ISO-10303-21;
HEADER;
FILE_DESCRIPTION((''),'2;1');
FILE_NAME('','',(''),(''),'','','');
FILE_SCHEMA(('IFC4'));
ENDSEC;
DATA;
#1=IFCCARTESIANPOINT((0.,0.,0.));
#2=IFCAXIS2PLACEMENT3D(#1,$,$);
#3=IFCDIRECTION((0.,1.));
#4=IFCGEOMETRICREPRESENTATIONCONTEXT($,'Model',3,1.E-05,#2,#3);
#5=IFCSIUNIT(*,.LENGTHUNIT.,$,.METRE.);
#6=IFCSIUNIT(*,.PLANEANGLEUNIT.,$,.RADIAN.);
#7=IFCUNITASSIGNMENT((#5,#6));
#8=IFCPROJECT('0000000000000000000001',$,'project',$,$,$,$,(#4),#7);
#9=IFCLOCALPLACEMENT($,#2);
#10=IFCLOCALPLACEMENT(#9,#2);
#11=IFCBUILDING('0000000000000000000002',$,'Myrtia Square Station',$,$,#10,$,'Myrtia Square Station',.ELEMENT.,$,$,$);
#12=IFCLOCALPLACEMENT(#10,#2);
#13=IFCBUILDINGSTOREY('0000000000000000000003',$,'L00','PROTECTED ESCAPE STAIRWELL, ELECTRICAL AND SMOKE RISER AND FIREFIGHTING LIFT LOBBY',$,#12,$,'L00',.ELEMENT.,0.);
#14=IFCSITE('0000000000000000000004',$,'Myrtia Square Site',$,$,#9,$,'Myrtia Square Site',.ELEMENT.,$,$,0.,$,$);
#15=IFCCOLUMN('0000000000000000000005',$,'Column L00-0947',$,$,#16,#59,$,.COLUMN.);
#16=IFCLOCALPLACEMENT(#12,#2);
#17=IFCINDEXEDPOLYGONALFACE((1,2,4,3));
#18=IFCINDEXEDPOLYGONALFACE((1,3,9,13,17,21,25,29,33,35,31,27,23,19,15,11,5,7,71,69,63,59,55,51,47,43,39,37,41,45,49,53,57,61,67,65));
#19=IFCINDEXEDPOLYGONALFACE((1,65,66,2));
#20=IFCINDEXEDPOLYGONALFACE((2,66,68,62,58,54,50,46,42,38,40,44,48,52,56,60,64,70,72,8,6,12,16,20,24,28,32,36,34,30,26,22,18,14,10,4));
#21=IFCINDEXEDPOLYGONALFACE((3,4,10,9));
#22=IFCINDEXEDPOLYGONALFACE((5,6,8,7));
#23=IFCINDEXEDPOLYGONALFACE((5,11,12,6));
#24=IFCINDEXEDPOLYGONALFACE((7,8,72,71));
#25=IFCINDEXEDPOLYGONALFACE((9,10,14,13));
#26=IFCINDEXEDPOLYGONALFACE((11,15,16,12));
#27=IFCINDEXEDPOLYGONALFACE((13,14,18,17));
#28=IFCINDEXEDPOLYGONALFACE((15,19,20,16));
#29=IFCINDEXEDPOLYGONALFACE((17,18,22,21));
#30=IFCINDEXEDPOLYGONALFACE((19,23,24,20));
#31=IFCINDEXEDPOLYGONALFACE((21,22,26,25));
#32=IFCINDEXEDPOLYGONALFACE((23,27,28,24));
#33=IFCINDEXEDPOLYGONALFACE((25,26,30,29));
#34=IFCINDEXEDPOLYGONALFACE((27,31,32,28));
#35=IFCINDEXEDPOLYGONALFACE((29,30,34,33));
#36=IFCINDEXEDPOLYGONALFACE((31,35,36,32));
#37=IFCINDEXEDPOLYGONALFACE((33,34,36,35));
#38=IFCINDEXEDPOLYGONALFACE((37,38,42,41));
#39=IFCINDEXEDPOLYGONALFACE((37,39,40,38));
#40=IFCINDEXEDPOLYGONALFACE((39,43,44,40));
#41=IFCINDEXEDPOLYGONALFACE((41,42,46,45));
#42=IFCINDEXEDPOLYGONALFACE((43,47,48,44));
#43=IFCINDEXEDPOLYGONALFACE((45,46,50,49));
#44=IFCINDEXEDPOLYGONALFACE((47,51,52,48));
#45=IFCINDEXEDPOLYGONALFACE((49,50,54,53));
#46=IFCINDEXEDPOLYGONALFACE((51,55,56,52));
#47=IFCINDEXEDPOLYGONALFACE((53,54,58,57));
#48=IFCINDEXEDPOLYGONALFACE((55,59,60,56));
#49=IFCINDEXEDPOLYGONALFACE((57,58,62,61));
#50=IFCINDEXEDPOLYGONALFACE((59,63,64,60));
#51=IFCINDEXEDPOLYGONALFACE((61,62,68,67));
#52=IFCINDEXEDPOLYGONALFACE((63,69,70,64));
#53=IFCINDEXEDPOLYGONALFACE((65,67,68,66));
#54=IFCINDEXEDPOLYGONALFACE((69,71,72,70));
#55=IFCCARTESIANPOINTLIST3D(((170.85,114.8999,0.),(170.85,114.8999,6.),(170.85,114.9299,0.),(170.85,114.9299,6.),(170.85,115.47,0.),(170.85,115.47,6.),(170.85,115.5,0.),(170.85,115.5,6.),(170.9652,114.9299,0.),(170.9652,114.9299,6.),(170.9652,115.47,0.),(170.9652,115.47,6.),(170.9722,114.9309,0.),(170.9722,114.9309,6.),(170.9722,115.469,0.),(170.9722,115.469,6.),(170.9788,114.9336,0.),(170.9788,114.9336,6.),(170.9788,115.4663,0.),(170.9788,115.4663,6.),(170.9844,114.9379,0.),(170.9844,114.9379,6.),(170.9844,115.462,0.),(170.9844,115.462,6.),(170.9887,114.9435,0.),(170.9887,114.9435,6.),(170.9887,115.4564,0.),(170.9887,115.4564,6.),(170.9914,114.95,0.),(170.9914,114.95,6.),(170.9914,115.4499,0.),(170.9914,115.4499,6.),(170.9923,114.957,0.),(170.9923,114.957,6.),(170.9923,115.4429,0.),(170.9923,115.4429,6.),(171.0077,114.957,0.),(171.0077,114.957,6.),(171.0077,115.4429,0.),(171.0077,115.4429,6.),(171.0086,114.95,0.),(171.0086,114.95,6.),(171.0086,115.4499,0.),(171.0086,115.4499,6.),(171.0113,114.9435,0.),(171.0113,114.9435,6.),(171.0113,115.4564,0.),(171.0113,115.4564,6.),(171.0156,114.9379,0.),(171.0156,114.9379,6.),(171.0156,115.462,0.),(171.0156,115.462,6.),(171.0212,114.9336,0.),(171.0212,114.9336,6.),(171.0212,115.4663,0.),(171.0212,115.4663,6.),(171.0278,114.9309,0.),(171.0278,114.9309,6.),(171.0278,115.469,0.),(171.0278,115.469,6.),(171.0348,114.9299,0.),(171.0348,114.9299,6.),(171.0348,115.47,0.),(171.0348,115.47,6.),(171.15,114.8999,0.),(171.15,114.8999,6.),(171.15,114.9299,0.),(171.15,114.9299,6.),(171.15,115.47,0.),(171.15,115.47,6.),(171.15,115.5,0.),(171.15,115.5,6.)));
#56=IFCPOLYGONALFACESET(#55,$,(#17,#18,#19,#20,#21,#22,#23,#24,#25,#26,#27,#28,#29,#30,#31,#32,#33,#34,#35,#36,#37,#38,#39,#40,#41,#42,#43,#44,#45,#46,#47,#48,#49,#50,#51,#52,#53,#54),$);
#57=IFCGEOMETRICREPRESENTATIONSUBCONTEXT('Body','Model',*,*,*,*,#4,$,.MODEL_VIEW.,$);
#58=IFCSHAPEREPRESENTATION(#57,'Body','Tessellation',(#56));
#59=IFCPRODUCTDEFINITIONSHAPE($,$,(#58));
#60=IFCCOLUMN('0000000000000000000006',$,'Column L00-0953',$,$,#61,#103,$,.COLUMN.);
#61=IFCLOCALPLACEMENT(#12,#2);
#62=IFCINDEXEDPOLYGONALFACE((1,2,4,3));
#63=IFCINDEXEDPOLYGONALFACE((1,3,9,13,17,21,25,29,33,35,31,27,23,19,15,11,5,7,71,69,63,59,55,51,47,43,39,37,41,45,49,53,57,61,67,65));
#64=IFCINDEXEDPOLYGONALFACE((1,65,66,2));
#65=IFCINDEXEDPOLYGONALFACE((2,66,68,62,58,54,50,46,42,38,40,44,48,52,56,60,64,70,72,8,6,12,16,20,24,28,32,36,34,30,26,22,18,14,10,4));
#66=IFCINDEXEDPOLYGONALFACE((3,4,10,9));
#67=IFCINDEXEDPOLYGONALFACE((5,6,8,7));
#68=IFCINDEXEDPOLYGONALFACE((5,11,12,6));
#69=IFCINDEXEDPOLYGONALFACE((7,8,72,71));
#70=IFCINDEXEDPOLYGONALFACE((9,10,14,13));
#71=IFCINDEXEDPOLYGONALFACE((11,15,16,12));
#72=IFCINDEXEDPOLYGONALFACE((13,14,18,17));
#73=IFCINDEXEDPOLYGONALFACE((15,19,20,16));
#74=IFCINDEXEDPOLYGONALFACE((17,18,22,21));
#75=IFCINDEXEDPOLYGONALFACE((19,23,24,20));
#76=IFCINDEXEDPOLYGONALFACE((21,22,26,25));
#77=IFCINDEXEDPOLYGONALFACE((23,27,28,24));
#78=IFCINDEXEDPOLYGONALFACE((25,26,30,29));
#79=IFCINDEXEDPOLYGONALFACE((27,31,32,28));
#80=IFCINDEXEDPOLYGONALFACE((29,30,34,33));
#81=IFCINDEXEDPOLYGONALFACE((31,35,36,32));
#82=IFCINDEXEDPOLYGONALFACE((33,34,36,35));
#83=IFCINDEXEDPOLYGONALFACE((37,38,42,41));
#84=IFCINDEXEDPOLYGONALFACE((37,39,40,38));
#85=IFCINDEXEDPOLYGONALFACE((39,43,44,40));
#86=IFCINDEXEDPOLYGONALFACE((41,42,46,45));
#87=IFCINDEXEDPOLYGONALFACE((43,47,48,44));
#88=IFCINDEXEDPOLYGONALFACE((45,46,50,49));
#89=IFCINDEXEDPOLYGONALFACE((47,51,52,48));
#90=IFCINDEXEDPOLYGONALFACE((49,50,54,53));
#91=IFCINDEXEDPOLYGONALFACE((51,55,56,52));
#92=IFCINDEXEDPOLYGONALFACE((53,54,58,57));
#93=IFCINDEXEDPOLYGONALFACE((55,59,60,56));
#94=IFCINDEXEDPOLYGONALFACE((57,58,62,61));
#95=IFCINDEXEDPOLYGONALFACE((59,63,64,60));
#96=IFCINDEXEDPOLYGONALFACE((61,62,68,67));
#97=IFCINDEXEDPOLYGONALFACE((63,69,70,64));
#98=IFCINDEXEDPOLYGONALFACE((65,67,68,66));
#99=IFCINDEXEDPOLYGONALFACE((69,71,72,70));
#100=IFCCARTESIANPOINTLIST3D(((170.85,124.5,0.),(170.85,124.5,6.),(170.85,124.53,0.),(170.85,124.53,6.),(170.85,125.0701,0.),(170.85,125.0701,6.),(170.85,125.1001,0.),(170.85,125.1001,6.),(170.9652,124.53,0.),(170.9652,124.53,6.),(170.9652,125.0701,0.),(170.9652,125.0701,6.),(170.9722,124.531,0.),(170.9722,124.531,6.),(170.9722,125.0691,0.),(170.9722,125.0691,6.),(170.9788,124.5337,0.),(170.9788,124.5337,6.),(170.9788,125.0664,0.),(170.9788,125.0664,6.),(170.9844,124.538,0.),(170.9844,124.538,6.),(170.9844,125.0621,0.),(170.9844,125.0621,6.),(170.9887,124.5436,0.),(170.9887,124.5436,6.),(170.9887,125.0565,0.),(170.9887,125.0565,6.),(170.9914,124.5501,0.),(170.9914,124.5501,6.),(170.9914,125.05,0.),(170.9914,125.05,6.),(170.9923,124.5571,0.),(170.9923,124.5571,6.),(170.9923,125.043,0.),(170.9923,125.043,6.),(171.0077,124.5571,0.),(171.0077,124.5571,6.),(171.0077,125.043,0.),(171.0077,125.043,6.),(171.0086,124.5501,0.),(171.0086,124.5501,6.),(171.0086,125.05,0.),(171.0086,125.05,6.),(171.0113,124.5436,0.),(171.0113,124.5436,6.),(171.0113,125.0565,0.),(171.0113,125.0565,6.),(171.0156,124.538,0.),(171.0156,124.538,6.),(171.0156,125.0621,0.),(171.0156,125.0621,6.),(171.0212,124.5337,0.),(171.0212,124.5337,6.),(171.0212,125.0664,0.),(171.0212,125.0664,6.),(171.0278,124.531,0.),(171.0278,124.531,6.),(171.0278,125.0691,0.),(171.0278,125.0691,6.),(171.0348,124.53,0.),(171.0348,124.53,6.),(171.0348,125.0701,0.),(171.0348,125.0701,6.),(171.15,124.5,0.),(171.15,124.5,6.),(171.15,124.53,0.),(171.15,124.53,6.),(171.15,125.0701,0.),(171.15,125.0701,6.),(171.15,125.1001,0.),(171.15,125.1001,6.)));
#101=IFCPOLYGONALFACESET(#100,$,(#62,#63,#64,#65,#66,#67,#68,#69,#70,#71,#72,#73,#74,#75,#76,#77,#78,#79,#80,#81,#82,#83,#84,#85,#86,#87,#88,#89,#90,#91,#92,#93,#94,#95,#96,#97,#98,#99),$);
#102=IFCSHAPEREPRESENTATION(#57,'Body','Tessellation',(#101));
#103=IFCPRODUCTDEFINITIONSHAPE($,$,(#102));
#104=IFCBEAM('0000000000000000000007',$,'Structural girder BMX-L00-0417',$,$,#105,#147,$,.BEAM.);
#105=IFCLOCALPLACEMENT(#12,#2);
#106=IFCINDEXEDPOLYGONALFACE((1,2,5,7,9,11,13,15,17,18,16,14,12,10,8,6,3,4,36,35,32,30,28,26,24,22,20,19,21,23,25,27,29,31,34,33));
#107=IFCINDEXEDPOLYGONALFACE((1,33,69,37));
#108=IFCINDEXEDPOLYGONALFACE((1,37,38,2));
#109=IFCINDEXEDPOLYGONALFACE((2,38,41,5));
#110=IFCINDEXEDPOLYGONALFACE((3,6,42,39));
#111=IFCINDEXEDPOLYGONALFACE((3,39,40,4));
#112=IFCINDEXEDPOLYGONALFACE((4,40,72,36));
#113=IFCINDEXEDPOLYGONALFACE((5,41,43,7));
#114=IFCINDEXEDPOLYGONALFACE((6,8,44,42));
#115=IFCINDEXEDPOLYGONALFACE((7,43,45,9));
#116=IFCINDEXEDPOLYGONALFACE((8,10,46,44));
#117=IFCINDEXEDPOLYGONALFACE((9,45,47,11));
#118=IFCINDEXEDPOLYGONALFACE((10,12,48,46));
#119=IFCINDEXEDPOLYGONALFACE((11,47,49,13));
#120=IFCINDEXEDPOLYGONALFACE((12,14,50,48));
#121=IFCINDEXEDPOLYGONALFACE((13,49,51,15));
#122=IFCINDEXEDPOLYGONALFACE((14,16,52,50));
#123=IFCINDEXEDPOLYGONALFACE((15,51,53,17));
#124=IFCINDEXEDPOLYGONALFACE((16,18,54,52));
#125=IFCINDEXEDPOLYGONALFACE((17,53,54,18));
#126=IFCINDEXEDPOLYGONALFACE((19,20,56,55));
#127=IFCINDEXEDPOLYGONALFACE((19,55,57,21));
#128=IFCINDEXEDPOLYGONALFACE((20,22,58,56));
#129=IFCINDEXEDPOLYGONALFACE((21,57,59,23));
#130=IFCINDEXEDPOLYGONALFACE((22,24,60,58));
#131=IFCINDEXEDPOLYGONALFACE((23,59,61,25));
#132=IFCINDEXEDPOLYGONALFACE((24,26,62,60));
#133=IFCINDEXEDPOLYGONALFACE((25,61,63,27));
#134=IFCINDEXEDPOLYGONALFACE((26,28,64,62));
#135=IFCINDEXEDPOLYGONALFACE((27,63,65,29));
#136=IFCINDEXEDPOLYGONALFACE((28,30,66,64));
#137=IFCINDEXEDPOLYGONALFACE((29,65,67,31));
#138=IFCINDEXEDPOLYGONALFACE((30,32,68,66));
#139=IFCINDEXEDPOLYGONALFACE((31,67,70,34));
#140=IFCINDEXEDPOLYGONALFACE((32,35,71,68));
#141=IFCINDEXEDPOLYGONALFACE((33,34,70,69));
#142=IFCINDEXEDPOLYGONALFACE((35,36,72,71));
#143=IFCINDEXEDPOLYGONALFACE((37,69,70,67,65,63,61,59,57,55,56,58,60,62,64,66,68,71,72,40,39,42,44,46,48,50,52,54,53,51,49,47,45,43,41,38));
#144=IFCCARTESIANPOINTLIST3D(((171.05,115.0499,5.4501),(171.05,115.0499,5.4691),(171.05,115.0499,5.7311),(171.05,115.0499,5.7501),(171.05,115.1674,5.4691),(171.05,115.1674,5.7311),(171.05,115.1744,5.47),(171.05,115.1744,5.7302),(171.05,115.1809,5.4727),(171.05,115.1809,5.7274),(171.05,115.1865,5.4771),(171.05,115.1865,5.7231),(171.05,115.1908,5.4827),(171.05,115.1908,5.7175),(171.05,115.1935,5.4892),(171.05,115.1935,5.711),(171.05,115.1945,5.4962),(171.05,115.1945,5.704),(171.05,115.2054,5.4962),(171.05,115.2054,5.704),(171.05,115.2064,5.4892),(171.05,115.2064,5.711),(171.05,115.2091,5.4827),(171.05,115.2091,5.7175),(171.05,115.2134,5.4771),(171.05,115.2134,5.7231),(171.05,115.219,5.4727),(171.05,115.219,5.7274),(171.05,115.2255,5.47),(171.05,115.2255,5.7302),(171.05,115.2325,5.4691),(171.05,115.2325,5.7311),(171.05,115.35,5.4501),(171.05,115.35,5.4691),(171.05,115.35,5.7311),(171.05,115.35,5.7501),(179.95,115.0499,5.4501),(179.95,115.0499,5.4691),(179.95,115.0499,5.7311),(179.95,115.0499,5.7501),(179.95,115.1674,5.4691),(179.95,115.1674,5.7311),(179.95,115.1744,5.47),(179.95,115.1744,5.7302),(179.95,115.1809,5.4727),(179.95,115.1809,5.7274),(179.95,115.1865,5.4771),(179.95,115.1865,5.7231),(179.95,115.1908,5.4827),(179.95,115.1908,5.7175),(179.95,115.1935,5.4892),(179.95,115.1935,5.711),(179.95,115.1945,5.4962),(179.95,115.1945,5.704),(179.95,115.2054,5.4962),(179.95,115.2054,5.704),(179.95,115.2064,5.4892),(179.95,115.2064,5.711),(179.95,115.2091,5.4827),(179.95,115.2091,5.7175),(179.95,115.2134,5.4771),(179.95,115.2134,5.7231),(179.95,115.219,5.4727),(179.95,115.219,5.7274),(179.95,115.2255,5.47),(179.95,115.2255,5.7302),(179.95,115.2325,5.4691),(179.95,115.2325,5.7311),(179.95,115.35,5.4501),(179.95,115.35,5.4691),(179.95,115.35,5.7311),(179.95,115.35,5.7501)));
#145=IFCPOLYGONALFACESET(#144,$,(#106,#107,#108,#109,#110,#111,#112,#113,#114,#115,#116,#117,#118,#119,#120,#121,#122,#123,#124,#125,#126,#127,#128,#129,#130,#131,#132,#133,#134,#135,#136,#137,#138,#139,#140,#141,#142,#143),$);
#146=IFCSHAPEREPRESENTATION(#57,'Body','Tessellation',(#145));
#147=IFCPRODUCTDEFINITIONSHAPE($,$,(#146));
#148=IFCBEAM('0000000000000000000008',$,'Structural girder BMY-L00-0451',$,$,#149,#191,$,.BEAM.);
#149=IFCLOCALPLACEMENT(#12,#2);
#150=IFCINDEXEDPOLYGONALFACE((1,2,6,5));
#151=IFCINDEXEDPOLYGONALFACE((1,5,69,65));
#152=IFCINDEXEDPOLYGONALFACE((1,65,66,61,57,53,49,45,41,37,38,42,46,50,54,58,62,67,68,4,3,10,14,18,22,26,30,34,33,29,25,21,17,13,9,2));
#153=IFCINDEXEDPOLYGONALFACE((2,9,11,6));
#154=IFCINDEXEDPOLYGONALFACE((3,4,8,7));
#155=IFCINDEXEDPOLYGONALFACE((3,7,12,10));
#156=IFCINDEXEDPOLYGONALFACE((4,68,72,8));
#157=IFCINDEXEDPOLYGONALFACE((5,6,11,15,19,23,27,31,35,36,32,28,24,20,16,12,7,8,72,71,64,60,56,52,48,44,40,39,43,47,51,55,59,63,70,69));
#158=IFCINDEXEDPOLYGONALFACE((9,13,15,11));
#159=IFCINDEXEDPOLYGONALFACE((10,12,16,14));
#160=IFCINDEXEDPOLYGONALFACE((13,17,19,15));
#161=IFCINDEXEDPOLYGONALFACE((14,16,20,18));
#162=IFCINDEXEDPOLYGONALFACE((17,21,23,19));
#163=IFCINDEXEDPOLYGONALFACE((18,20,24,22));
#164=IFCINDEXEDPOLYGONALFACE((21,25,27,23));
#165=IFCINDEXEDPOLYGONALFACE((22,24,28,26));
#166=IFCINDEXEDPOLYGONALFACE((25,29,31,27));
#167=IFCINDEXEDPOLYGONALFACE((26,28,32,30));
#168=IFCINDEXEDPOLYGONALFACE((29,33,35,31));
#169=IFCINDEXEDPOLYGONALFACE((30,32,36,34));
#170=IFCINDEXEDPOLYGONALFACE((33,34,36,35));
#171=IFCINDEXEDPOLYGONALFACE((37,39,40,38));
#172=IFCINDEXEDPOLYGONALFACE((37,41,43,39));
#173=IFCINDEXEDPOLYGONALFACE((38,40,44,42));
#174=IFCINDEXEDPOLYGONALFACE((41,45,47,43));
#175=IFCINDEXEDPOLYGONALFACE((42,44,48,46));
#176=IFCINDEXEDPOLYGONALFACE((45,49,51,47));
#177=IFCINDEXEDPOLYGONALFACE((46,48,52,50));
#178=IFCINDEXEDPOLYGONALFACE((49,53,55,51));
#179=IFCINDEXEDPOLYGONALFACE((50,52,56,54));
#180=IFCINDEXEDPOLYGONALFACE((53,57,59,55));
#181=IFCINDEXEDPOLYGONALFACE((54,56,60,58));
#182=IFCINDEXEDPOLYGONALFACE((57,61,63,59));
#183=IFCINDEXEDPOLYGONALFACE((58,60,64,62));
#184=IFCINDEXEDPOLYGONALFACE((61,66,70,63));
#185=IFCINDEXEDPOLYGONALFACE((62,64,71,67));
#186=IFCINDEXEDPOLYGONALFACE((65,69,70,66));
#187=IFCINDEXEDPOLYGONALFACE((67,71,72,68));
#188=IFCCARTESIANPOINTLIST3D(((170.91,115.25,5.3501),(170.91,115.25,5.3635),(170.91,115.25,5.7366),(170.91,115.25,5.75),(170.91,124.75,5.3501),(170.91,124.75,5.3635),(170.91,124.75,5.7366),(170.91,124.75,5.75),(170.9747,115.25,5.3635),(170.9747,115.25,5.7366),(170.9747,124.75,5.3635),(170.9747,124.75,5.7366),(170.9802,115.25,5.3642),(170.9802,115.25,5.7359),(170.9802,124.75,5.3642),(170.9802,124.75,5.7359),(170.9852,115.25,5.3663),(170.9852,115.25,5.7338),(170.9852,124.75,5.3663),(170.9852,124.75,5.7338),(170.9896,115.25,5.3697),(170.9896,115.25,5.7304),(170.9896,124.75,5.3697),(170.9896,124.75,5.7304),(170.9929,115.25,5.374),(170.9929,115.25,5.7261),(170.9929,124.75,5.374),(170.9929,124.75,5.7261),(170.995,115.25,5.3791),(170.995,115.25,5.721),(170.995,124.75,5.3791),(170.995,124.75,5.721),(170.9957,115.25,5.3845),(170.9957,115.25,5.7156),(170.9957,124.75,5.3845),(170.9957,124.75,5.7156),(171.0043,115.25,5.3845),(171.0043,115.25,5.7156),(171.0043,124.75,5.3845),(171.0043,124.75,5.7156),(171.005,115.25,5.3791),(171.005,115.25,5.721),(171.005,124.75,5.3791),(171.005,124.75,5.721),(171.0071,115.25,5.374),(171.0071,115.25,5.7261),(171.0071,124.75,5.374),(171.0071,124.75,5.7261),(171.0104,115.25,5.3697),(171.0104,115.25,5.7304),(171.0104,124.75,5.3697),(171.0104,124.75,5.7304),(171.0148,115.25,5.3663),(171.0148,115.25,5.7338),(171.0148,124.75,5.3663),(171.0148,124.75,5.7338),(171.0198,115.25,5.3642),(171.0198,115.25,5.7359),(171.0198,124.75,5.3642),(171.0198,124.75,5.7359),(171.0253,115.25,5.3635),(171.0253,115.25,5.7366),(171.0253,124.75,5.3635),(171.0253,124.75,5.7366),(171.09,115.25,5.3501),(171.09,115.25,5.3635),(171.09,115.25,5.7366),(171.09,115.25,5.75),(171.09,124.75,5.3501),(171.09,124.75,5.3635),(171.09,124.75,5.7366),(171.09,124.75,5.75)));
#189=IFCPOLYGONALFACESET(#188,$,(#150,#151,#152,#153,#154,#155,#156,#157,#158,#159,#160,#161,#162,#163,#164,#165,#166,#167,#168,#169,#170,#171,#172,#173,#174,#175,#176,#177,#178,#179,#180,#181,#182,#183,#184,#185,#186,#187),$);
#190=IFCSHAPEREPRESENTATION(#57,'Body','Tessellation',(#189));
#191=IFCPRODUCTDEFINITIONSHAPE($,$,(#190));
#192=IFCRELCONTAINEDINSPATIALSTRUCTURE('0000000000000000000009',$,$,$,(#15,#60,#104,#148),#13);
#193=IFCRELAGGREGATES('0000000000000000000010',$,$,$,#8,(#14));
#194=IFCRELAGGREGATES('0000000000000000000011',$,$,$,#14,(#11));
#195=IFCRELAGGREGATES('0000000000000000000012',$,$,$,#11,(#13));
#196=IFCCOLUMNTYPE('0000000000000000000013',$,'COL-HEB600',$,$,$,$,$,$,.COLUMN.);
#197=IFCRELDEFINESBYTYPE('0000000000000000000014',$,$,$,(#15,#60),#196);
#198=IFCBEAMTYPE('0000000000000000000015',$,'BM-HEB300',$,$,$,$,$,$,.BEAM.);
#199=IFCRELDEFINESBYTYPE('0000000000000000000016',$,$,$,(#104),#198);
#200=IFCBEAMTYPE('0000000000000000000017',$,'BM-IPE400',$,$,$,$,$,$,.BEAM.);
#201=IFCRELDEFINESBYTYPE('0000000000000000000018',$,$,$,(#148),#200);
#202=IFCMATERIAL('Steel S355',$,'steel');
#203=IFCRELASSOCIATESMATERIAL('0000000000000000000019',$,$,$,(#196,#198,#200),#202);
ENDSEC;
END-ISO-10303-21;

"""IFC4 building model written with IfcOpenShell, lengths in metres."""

from ifc_helpers import new_model, si_unit, direction, frame, origin, origin_2d, place, context, subcontext, project, spatial, i_section, extrude, material, material_profile, profile_set, type_object, element, save


model = new_model("IFC4")

# Units and contexts
model_context = context("Model", 3, precision=1e-05, world=origin(), true_north=direction((0.0, 1.0)))
body_context = subcontext(model_context, "Body", "Model", "MODEL_VIEW")
ifc_project = project(units=[si_unit("LENGTHUNIT", "METRE"), si_unit("PLANEANGLEUNIT", "RADIAN")], contexts=[model_context])

# Site, building, storey
site_placement = place(None, origin())
site = spatial("IfcSite", under=ifc_project, at=site_placement, Name="Myrtia Square Site", LongName="Myrtia Square Site", CompositionType="ELEMENT", RefElevation=0.0)
building_placement = place(site_placement, origin())
building = spatial("IfcBuilding", under=site, at=building_placement, Name="Myrtia Square Station", LongName="Myrtia Square Station", CompositionType="ELEMENT")
storey_placement = place(building_placement, origin())
storey = spatial("IfcBuildingStorey", under=building, at=storey_placement, Name="L00", Description="PROTECTED ESCAPE STAIRWELL, ELECTRICAL AND SMOKE RISER AND FIREFIGHTING LIFT LOBBY", LongName="L00", CompositionType="ELEMENT", Elevation=0.0)

# Columns
ifc_material_1 = material(Name="Steel S355", Category="steel")
ifc_material_profile_1 = material_profile(ifc_material_1, i_section(OverallWidth=0.3, OverallDepth=0.6001, WebThickness=0.0154, FlangeThickness=0.03, FilletRadius=0.0271, at=origin_2d()), Name="HEB 600")
ifc_profile_set_1 = profile_set([ifc_material_profile_1], Name="Steel S355")
column_type = type_object("IfcColumnType", Name="COL-HEB600", PredefinedType="COLUMN", material=ifc_profile_set_1)
for number, where, z_axis, x_axis, name in (
    (1, (171.0, 115.2, 0.0), (0.0, 0.0, 1.0), (1.0, 0.0, 0.0), "Column L00-0947"),
    (2, (171.0, 124.8, 0.0), (0.0, 0.0, 1.0), (1.0, 0.0, 0.0), "Column L00-0953"),
):
    element("IfcColumn", number, at=place(storey_placement, frame(where, z_axis=z_axis, x_axis=x_axis)), inside=storey, type_object=column_type, Name=name, PredefinedType="COLUMN", context=body_context, shape_type="SweptSolid", body=[
        extrude(i_section(OverallWidth=0.3, OverallDepth=0.6001, WebThickness=0.0154, FlangeThickness=0.03, FilletRadius=0.0271, at=origin_2d()), origin(), (0.0, 0.0, 1.0), 6.0),
    ])

# Beams
ifc_material_profile_2 = material_profile(ifc_material_1, i_section(OverallWidth=0.3, OverallDepth=0.3, WebThickness=0.011, FlangeThickness=0.019, FilletRadius=0.0271, at=origin_2d()), Name="HEB 300")
ifc_profile_set_2 = profile_set([ifc_material_profile_2], Name="Steel S355")
beam_type_1 = type_object("IfcBeamType", Name="BM-HEB300", PredefinedType="BEAM", material=ifc_profile_set_2)
beam_1_placement = place(storey_placement, frame((171.05, 115.2, 5.6001), z_axis=(1.0, 0.0, 0.0), x_axis=(0.0, 1.0, 0.0)))
element("IfcBeam", 3, at=beam_1_placement, inside=storey, type_object=beam_type_1, Name="Structural girder BMX-L00-0417", PredefinedType="BEAM", context=body_context, shape_type="SweptSolid", body=[
    extrude(i_section(OverallWidth=0.3, OverallDepth=0.3, WebThickness=0.011, FlangeThickness=0.019, FilletRadius=0.0271, at=origin_2d()), origin(), (0.0, 0.0, 1.0), 8.8999),
])
ifc_material_profile_3 = material_profile(ifc_material_1, i_section(OverallWidth=0.1799, OverallDepth=0.3999, WebThickness=0.0085, FlangeThickness=0.0134, FilletRadius=0.021, at=origin_2d()), Name="IPE 400")
ifc_profile_set_3 = profile_set([ifc_material_profile_3], Name="Steel S355")
beam_type_2 = type_object("IfcBeamType", Name="BM-IPE400", PredefinedType="BEAM", material=ifc_profile_set_3)
beam_2_placement = place(storey_placement, frame((171.0, 115.25, 5.55), z_axis=(0.0, 1.0, 0.0), x_axis=(-1.0, 0.0, 0.0)))
element("IfcBeam", 4, at=beam_2_placement, inside=storey, type_object=beam_type_2, Name="Structural girder BMY-L00-0451", PredefinedType="BEAM", context=body_context, shape_type="SweptSolid", body=[
    extrude(i_section(OverallWidth=0.1799, OverallDepth=0.3999, WebThickness=0.0085, FlangeThickness=0.0134, FilletRadius=0.021, at=origin_2d()), origin(), (0.0, 0.0, 1.0), 9.5),
])

save(model, "model.ifc")
